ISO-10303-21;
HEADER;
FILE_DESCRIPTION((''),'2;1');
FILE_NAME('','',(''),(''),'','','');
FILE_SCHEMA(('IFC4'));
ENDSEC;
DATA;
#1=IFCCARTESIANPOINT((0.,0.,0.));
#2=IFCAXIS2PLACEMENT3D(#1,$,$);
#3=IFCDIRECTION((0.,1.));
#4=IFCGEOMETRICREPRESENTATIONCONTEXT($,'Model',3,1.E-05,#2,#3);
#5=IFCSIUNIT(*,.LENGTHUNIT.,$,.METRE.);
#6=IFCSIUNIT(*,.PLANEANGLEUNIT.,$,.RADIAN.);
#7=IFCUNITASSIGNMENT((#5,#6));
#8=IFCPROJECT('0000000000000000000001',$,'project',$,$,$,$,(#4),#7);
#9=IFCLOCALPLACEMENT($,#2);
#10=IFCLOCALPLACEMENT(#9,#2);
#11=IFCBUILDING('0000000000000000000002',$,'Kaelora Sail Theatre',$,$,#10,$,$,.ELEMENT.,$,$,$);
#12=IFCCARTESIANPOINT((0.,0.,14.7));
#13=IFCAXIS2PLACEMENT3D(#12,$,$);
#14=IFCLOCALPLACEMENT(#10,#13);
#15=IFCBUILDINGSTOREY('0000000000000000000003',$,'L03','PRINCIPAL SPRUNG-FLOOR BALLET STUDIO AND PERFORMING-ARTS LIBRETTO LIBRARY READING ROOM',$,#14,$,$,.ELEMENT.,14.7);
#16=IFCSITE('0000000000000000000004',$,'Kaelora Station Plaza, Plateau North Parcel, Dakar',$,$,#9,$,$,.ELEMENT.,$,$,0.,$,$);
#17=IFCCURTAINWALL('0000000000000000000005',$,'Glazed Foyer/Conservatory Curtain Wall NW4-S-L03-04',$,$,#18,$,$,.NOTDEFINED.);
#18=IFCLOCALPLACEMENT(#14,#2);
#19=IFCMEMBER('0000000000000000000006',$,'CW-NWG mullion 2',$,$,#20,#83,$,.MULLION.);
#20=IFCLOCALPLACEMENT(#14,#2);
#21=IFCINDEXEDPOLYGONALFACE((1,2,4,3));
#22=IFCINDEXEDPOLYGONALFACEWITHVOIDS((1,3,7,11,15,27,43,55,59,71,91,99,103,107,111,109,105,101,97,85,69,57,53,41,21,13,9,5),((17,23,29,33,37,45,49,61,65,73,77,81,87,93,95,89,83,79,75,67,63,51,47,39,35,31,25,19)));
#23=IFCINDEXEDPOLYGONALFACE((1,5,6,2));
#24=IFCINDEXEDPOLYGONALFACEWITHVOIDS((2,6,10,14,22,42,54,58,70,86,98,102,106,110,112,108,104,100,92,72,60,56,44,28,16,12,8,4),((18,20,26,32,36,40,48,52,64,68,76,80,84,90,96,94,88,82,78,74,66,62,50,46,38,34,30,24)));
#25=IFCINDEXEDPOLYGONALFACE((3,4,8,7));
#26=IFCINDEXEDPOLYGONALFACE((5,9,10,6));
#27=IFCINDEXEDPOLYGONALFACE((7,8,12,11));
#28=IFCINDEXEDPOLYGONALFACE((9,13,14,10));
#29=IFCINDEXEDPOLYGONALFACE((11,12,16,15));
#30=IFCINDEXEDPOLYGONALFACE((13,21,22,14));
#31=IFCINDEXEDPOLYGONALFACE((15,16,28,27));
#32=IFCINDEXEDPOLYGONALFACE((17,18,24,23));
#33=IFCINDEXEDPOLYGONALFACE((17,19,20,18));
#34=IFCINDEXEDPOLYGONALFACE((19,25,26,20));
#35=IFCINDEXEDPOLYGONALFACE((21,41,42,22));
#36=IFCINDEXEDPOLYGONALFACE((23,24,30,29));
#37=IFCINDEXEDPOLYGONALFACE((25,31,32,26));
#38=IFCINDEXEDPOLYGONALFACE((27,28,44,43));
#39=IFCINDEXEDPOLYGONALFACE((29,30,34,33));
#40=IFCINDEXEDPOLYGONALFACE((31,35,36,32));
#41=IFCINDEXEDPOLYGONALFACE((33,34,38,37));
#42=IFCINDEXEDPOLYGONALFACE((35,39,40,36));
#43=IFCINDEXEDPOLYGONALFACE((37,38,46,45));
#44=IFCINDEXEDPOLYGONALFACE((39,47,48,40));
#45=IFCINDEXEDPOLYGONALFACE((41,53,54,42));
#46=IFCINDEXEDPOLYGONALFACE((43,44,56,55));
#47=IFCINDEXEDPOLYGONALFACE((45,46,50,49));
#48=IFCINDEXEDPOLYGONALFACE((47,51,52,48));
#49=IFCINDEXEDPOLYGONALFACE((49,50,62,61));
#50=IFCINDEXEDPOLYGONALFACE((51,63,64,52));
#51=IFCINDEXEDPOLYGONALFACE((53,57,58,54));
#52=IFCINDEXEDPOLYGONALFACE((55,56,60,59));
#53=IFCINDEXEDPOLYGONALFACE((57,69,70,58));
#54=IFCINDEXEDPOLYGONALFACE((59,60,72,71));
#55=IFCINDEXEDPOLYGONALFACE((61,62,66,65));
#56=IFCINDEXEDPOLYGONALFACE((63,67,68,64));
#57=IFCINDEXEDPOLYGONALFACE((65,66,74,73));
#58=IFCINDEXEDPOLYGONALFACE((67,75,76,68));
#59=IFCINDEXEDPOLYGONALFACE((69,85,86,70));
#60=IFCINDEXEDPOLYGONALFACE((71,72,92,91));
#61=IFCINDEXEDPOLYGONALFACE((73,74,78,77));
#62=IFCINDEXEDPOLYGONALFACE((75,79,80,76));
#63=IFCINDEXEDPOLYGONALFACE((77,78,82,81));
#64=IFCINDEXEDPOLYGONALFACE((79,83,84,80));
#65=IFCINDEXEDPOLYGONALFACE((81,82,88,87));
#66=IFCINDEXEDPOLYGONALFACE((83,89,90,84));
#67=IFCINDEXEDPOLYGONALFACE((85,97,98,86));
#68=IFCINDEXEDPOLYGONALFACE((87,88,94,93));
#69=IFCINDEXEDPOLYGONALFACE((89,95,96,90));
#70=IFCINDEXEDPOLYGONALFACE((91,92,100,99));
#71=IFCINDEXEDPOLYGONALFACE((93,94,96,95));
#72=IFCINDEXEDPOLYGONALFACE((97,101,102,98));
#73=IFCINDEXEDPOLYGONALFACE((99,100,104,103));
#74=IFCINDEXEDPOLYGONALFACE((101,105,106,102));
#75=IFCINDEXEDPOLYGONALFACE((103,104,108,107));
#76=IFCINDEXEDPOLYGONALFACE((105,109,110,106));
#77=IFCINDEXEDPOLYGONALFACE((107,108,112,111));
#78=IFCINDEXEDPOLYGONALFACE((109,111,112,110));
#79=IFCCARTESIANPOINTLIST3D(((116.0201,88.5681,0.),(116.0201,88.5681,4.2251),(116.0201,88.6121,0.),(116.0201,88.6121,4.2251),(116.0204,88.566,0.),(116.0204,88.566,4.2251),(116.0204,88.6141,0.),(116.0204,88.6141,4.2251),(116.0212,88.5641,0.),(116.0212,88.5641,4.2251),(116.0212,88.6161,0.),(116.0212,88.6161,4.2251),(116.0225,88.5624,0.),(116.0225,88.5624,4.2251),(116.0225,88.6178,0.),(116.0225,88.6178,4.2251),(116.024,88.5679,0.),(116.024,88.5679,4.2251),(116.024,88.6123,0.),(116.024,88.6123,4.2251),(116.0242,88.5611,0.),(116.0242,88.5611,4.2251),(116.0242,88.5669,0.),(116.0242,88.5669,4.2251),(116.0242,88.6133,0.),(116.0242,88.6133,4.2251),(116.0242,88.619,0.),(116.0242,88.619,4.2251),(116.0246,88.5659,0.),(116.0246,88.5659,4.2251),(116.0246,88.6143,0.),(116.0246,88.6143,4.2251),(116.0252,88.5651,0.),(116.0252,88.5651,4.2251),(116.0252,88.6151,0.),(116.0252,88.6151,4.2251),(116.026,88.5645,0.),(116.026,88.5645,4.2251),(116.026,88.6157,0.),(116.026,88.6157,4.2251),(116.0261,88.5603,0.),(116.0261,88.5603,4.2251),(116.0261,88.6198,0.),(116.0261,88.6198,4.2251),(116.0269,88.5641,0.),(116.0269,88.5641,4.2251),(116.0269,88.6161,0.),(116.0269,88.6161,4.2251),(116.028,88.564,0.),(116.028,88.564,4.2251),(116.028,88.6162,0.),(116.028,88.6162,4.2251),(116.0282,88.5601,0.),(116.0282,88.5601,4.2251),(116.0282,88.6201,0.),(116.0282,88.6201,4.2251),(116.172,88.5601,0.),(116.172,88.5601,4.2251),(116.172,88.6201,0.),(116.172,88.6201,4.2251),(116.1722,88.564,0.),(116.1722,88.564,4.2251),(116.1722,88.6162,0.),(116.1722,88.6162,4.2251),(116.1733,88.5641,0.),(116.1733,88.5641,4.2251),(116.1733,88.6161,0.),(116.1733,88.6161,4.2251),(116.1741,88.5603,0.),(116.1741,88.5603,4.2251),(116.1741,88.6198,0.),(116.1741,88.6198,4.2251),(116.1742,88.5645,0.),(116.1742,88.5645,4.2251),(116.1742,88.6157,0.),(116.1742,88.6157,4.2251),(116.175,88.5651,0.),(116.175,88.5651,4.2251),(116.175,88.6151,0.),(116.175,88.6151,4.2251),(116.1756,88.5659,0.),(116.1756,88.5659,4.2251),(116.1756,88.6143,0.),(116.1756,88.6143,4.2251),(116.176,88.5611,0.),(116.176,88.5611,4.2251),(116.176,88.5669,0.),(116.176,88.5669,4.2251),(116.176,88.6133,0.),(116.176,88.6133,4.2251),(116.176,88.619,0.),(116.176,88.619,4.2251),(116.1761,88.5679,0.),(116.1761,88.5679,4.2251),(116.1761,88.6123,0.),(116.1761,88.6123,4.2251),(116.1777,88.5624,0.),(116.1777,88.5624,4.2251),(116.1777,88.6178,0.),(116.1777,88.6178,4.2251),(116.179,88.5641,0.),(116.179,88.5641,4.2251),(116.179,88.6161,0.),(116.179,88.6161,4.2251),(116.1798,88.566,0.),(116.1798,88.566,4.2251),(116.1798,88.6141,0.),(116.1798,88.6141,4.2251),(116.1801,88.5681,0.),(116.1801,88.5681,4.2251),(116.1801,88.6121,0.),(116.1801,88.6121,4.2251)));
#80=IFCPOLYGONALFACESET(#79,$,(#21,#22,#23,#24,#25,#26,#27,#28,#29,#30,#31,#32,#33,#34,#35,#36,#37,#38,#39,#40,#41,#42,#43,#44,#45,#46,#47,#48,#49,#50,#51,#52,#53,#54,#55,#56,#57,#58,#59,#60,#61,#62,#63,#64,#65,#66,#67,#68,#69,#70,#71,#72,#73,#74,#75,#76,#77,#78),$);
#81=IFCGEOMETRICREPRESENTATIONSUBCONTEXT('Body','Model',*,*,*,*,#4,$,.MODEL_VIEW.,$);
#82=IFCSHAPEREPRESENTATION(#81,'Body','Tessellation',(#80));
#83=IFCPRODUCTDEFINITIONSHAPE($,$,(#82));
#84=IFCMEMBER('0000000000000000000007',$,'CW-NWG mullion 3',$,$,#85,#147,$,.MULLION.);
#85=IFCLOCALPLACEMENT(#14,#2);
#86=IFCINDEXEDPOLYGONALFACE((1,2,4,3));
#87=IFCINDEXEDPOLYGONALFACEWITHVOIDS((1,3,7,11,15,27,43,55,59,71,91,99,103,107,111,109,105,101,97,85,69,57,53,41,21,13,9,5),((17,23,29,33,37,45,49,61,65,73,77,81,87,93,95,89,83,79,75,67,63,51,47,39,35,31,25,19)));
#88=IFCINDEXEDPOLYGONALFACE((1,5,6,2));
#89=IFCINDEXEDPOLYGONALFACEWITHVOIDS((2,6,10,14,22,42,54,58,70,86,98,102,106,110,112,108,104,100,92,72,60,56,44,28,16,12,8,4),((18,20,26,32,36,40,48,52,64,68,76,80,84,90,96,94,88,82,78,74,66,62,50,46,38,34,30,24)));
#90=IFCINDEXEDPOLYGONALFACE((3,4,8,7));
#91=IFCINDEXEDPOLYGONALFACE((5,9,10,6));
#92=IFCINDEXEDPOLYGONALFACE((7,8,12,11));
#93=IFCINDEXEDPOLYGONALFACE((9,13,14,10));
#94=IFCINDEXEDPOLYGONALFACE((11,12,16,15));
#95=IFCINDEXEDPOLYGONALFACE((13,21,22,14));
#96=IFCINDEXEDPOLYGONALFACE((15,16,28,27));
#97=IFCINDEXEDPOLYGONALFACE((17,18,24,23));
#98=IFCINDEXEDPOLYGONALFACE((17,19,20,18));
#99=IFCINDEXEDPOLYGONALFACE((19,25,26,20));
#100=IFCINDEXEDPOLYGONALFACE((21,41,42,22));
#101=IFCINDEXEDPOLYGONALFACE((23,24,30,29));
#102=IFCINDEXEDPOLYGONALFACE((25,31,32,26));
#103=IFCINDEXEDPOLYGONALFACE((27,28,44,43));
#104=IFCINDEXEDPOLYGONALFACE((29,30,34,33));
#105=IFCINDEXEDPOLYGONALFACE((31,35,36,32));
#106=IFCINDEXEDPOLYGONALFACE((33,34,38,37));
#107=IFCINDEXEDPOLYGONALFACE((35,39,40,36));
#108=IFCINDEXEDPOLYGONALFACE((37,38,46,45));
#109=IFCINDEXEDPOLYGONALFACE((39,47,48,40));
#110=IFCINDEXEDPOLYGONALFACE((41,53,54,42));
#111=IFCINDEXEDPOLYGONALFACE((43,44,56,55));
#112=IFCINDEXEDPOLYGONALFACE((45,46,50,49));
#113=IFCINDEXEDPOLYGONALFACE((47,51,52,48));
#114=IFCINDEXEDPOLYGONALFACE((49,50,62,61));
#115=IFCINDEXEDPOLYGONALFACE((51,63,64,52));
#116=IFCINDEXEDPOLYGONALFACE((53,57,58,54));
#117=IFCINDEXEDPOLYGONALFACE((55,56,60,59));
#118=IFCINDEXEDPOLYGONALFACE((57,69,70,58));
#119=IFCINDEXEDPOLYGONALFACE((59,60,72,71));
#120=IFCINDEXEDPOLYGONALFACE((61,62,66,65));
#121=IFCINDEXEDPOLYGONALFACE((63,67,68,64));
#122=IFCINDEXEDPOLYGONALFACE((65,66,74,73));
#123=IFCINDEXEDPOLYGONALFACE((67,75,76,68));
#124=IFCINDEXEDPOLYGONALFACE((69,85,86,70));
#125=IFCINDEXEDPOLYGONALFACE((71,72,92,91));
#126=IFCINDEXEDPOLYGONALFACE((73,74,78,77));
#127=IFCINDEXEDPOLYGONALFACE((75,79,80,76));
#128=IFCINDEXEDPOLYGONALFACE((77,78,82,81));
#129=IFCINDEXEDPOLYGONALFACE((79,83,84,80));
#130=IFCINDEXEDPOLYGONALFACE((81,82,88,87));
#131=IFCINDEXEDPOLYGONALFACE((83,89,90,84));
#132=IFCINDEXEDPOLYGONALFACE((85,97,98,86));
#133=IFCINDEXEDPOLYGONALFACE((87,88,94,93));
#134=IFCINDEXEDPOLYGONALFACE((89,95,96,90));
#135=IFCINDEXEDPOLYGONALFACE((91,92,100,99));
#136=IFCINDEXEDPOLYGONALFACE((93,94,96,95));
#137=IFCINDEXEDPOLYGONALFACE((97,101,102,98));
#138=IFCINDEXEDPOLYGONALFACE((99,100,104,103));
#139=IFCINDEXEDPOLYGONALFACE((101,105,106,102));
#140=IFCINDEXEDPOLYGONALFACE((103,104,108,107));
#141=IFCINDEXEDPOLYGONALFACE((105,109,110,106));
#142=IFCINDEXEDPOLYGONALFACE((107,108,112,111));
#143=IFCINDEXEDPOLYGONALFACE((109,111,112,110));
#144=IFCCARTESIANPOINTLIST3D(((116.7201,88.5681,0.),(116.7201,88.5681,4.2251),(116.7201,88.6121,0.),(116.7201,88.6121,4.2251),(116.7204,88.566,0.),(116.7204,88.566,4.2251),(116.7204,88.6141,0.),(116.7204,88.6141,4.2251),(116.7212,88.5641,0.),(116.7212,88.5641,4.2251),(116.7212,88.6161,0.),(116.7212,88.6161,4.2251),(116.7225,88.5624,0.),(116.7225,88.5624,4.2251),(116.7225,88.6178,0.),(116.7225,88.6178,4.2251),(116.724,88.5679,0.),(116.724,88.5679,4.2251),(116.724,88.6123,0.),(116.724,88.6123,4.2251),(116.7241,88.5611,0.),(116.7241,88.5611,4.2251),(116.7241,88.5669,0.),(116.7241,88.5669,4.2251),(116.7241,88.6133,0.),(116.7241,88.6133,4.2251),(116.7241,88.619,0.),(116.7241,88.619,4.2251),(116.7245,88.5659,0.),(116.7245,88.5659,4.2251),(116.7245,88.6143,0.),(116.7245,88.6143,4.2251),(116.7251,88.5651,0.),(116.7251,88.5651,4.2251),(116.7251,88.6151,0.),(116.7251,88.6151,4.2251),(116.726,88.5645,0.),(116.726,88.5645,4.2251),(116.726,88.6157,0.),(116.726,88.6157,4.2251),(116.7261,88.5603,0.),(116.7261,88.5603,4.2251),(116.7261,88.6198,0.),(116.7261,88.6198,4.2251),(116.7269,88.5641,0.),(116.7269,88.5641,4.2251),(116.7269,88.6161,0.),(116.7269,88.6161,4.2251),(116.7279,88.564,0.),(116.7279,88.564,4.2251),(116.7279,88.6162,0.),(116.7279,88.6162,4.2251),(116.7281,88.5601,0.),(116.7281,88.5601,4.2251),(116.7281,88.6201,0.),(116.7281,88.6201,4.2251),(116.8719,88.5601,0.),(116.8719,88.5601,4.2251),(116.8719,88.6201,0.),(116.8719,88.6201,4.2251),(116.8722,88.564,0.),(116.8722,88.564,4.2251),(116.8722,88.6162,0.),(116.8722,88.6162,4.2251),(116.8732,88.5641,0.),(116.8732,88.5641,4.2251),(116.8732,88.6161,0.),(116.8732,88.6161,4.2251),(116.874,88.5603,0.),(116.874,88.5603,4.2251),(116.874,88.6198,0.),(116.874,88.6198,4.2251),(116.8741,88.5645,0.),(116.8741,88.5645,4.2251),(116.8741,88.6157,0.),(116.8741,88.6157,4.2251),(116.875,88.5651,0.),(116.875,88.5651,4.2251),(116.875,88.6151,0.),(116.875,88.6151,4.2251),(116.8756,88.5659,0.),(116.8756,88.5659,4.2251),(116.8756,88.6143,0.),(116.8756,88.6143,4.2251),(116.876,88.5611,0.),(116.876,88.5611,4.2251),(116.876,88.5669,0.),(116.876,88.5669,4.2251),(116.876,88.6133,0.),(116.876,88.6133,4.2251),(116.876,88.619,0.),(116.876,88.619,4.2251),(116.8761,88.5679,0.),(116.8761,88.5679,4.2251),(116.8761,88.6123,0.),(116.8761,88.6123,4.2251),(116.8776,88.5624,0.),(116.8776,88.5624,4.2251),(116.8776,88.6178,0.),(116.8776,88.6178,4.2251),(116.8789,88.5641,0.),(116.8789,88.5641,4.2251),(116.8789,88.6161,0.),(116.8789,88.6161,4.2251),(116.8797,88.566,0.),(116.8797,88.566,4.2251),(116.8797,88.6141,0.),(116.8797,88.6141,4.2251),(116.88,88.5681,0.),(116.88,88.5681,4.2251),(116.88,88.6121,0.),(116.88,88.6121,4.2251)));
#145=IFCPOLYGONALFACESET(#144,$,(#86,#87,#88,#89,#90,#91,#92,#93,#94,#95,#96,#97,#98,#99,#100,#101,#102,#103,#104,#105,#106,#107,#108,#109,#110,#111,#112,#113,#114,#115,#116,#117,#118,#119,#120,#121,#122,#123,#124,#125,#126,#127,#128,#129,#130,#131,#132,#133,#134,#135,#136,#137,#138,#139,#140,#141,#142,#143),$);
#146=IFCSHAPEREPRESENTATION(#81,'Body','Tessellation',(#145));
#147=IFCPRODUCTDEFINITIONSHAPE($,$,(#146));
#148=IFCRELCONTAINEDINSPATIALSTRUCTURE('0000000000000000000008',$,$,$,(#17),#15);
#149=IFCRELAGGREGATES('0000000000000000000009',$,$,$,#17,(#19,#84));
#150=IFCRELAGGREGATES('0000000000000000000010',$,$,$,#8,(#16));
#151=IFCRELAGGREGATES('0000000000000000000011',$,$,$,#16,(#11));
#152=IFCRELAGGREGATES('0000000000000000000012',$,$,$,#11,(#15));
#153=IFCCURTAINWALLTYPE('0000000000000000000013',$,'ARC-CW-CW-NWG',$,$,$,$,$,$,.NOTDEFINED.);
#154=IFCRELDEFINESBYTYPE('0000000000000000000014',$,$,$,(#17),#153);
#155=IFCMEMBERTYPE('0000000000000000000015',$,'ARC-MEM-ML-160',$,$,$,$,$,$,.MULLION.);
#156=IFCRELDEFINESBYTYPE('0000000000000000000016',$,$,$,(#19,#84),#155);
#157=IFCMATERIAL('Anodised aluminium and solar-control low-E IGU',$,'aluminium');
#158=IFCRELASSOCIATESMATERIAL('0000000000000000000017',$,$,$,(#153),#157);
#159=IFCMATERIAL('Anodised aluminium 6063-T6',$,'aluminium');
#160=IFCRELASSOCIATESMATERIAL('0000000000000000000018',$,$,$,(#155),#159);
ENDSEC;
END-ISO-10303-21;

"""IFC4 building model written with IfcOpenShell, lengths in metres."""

from ifc_helpers import new_model, si_unit, direction, frame, origin, origin_2d, place, context, subcontext, project, spatial, hollow_rectangle, extrude, material, material_profile, profile_set, type_object, element, aggregate, save


model = new_model("IFC4")

# Units and contexts
model_context = context("Model", 3, precision=1e-05, world=origin(), true_north=direction((0.0, 1.0)))
body_context = subcontext(model_context, "Body", "Model", "MODEL_VIEW")
ifc_project = project(units=[si_unit("LENGTHUNIT", "METRE"), si_unit("PLANEANGLEUNIT", "RADIAN")], contexts=[model_context])

# Site, building, storey
site_placement = place(None, origin())
site = spatial("IfcSite", under=ifc_project, at=site_placement, Name="Kaelora Station Plaza, Plateau North Parcel, Dakar", CompositionType="ELEMENT", RefElevation=0.0)
building_placement = place(site_placement, origin())
building = spatial("IfcBuilding", under=site, at=building_placement, Name="Kaelora Sail Theatre", CompositionType="ELEMENT")
storey_placement = place(building_placement, frame((0.0, 0.0, 14.7)))
storey = spatial("IfcBuildingStorey", under=building, at=storey_placement, Name="L03", Description="PRINCIPAL SPRUNG-FLOOR BALLET STUDIO AND PERFORMING-ARTS LIBRETTO LIBRARY READING ROOM", CompositionType="ELEMENT", Elevation=14.7)

# Curtain wall, members
ifc_material_1 = material(Name="Anodised aluminium and solar-control low-E IGU", Category="aluminium")
curtain_wall_type = type_object("IfcCurtainWallType", Name="ARC-CW-CW-NWG", PredefinedType="NOTDEFINED", material=ifc_material_1)
curtain_wall_placement = place(storey_placement, origin())
curtain_wall = element("IfcCurtainWall", 1, at=curtain_wall_placement, inside=storey, type_object=curtain_wall_type, Name="Glazed Foyer/Conservatory Curtain Wall NW4-S-L03-04", PredefinedType="NOTDEFINED")
ifc_material_2 = material(Name="Anodised aluminium 6063-T6", Category="aluminium")
ifc_material_profile_1 = material_profile(ifc_material_2, hollow_rectangle(XDim=0.0601, YDim=0.1599, WallThickness=0.0039, InnerFilletRadius=0.0039, OuterFilletRadius=0.0081, at=origin_2d()), Name="ALU-MULL 60x160x4")
ifc_profile_set_1 = profile_set([ifc_material_profile_1], Name="Anodised aluminium 6063-T6")
member_type_1 = type_object("IfcMemberType", Name="ARC-MEM-ML-160", PredefinedType="MULLION", material=ifc_profile_set_1)
member_1_placement = place(storey_placement, frame((116.1001, 88.5901, 0.0), z_axis=(0.0, 0.0, 1.0), x_axis=(0.0, 1.0, 0.0)))
member_1 = element("IfcMember", 2, at=member_1_placement, type_object=member_type_1, Name="CW-NWG mullion 2", PredefinedType="MULLION", context=body_context, shape_type="SweptSolid", body=[
    extrude(hollow_rectangle(XDim=0.0601, YDim=0.1599, WallThickness=0.0039, InnerFilletRadius=0.0039, OuterFilletRadius=0.0081, at=origin_2d()), origin(), (0.0, 0.0, 1.0), 4.2251),
])
member_2_placement = place(storey_placement, frame((116.8, 88.5901, 0.0), z_axis=(0.0, 0.0, 1.0), x_axis=(0.0, 1.0, 0.0)))
member_2 = element("IfcMember", 3, at=member_2_placement, type_object=member_type_1, Name="CW-NWG mullion 3", PredefinedType="MULLION", context=body_context, shape_type="SweptSolid", body=[
    extrude(hollow_rectangle(XDim=0.0601, YDim=0.1599, WallThickness=0.0039, InnerFilletRadius=0.0039, OuterFilletRadius=0.0081, at=origin_2d()), origin(), (0.0, 0.0, 1.0), 4.2251),
])
aggregate(curtain_wall, [member_1, member_2])

save(model, "model.ifc")
